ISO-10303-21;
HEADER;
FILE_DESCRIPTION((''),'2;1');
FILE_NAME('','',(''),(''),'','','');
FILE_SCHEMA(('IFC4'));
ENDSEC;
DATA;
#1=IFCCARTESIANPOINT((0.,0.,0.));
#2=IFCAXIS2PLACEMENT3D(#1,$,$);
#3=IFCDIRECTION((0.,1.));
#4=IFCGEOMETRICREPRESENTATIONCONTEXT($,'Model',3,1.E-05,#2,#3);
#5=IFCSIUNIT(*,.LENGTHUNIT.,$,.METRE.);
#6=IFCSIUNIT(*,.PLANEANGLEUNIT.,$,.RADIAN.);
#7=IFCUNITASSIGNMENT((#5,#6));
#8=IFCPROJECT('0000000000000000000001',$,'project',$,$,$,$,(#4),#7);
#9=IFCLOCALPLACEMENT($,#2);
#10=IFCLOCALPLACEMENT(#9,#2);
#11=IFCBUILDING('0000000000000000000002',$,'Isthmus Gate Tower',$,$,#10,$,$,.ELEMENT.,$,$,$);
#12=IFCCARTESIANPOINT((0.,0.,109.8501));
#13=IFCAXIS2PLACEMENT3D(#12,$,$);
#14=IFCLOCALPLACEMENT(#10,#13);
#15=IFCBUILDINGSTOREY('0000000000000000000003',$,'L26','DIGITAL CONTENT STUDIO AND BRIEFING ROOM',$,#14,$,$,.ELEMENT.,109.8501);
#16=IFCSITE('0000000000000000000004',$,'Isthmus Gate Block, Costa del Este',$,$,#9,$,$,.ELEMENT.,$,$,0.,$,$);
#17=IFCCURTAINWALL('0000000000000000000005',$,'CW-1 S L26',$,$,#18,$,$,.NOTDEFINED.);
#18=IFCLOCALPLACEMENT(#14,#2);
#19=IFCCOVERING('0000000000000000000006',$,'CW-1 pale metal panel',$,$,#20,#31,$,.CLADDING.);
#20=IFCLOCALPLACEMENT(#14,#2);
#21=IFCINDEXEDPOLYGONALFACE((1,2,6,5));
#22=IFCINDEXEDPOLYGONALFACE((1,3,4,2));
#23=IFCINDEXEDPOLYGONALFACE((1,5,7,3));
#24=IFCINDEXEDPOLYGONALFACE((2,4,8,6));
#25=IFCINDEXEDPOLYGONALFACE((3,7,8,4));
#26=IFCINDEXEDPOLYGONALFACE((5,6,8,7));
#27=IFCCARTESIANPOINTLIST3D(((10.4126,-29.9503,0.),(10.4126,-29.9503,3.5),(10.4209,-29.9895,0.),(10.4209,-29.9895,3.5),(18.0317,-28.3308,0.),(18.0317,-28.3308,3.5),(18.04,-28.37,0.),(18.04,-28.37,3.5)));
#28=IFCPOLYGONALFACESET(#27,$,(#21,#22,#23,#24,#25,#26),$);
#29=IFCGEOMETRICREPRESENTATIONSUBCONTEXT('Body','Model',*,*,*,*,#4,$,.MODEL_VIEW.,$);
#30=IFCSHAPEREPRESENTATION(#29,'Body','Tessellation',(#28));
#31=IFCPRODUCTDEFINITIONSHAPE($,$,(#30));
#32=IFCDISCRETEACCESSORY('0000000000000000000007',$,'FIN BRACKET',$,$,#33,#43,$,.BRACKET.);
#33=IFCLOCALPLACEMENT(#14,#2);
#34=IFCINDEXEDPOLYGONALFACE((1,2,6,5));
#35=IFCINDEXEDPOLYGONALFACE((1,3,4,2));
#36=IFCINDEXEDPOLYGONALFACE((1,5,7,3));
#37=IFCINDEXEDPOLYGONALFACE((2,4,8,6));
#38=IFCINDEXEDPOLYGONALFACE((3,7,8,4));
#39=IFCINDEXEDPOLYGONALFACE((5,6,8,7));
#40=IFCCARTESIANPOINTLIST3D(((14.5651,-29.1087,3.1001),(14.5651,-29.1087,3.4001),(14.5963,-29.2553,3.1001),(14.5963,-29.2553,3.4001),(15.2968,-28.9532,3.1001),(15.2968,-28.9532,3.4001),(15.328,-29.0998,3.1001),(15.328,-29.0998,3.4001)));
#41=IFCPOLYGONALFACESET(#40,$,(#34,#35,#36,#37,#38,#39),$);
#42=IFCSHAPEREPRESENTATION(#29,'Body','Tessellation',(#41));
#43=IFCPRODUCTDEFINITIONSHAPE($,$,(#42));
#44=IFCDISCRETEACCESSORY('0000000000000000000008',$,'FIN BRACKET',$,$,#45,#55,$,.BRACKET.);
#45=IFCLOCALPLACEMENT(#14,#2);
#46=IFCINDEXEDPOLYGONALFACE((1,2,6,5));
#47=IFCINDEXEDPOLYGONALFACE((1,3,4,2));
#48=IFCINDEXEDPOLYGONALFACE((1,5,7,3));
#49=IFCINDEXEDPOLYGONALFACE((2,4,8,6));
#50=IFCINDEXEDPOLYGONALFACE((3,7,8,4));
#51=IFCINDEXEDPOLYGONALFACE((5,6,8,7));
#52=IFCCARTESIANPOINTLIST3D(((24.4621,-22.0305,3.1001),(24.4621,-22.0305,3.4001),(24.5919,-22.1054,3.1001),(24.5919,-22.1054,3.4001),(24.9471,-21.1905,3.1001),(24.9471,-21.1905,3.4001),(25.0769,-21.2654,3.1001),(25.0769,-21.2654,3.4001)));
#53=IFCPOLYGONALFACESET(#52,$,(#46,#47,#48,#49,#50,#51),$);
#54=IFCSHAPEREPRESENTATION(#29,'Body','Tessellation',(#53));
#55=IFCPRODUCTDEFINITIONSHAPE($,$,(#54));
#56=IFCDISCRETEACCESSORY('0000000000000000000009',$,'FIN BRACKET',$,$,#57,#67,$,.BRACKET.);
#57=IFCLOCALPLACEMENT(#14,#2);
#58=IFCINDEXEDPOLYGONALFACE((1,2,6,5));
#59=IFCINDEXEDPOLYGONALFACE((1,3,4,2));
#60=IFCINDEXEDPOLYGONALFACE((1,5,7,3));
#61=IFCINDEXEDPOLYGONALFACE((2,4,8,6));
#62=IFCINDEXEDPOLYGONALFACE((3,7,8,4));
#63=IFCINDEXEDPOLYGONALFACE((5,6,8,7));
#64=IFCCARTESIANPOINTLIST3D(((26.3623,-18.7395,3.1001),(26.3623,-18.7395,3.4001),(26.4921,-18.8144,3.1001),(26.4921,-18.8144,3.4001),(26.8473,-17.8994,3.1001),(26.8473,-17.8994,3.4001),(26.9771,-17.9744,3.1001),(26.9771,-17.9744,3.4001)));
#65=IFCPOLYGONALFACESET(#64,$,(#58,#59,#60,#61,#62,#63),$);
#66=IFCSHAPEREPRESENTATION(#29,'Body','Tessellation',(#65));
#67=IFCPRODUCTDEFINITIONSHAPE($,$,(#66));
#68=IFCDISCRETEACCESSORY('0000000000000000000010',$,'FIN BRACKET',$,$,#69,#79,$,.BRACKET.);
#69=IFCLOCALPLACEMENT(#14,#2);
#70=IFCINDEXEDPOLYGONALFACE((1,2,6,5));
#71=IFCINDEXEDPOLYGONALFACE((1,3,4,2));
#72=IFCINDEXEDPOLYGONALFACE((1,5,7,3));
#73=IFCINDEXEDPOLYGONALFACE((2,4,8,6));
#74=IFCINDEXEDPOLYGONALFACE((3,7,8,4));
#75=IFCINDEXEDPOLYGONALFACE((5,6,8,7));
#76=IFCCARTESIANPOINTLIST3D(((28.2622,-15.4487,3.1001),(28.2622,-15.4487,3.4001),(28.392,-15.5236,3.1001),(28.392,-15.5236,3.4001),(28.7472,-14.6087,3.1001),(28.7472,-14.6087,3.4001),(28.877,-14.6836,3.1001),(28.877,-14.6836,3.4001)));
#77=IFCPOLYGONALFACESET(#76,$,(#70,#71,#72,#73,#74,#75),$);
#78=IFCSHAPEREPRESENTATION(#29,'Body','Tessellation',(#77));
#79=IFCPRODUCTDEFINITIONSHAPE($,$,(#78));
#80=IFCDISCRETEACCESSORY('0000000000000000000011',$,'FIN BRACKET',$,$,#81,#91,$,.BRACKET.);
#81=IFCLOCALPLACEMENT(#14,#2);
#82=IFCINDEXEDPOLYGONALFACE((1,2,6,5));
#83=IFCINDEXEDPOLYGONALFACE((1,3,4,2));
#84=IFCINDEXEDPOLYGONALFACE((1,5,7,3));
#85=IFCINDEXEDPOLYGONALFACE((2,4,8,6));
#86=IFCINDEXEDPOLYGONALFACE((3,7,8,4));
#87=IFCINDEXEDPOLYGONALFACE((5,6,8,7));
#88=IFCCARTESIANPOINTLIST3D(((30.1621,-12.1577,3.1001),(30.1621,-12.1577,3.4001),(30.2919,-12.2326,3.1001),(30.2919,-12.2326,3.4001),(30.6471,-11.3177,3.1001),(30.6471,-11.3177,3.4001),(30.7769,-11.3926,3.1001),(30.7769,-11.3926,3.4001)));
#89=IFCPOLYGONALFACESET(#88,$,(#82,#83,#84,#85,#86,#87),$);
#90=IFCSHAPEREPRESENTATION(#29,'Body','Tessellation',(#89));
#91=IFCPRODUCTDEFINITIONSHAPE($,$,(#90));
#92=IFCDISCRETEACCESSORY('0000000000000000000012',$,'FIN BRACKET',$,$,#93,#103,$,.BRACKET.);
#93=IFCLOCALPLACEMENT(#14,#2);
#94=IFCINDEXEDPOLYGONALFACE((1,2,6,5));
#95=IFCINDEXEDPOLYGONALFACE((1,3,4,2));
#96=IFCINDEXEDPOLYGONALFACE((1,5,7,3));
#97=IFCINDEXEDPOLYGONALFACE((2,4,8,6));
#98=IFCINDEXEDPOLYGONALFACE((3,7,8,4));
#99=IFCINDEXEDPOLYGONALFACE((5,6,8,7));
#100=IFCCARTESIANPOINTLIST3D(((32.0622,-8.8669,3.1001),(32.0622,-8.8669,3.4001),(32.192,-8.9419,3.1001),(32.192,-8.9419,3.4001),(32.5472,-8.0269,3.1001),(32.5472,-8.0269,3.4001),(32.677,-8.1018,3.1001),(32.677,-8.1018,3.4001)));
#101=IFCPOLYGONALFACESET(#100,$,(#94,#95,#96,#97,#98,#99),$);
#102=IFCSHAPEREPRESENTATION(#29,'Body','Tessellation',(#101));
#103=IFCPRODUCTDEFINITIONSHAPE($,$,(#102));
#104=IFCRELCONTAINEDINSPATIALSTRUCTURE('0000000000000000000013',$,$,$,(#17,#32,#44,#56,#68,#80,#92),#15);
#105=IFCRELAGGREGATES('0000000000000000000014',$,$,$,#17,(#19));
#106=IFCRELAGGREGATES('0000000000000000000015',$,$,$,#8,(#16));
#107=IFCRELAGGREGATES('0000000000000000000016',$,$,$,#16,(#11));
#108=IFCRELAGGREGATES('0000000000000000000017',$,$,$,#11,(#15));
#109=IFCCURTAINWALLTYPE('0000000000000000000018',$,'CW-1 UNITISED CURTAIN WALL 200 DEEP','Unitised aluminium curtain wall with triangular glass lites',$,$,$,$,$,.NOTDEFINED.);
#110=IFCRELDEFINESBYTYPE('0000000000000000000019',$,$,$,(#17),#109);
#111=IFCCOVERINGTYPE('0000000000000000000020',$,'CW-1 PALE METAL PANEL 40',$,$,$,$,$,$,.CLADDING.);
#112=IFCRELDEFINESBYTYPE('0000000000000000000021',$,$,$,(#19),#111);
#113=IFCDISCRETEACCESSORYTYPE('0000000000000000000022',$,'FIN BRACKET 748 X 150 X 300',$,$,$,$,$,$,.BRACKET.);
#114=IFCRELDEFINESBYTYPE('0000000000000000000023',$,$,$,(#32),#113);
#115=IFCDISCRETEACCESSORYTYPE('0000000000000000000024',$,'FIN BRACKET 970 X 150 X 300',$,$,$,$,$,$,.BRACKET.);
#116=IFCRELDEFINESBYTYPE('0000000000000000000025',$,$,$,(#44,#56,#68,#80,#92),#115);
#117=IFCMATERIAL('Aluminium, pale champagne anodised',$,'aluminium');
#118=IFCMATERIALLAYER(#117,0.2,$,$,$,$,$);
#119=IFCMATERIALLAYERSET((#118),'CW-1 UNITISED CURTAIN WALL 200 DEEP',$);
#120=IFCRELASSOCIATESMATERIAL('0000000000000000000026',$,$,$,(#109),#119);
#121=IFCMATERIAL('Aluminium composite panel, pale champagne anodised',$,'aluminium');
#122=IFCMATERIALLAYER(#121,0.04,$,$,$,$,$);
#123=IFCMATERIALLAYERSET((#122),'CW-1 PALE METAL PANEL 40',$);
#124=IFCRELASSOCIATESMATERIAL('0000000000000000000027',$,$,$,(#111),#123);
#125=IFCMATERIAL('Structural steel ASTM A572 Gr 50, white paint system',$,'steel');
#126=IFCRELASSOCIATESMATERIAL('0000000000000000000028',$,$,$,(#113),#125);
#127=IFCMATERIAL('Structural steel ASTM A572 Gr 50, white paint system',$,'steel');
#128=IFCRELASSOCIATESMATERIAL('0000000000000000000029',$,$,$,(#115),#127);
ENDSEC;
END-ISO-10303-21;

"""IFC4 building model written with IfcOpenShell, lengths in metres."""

from ifc_helpers import new_model, si_unit, direction, frame, origin, origin_2d, place, context, subcontext, project, spatial, rectangle, extrude, material, layer, layer_set, type_object, element, aggregate, save


model = new_model("IFC4")

# Units and contexts
model_context = context("Model", 3, precision=1e-05, world=origin(), true_north=direction((0.0, 1.0)))
body_context = subcontext(model_context, "Body", "Model", "MODEL_VIEW")
ifc_project = project(units=[si_unit("LENGTHUNIT", "METRE"), si_unit("PLANEANGLEUNIT", "RADIAN")], contexts=[model_context])

# Site, building, storey
site_placement = place(None, origin())
site = spatial("IfcSite", under=ifc_project, at=site_placement, Name="Isthmus Gate Block, Costa del Este", CompositionType="ELEMENT", RefElevation=0.0)
building_placement = place(site_placement, origin())
building = spatial("IfcBuilding", under=site, at=building_placement, Name="Isthmus Gate Tower", CompositionType="ELEMENT")
storey_placement = place(building_placement, frame((0.0, 0.0, 109.8501)))
storey = spatial("IfcBuildingStorey", under=building, at=storey_placement, Name="L26", Description="DIGITAL CONTENT STUDIO AND BRIEFING ROOM", CompositionType="ELEMENT", Elevation=109.8501)

# Shared definitions
ifc_material_1 = material(Name="Aluminium, pale champagne anodised", Category="aluminium")
ifc_layer_1 = layer(ifc_material_1, 0.2)
ifc_layer_set_1 = layer_set([ifc_layer_1], Name="CW-1 UNITISED CURTAIN WALL 200 DEEP")
curtain_wall_type = type_object("IfcCurtainWallType", Name="CW-1 UNITISED CURTAIN WALL 200 DEEP", Description="Unitised aluminium curtain wall with triangular glass lites", PredefinedType="NOTDEFINED", material=ifc_layer_set_1)

# Curtain wall, covering
curtain_wall_1_placement = place(storey_placement, origin())
curtain_wall_1 = element("IfcCurtainWall", 1, at=curtain_wall_1_placement, inside=storey, type_object=curtain_wall_type, Name="CW-1 S L26", PredefinedType="NOTDEFINED")
ifc_material_2 = material(Name="Aluminium composite panel, pale champagne anodised", Category="aluminium")
ifc_layer_2 = layer(ifc_material_2, 0.04)
ifc_layer_set_2 = layer_set([ifc_layer_2], Name="CW-1 PALE METAL PANEL 40")
covering_type = type_object("IfcCoveringType", Name="CW-1 PALE METAL PANEL 40", PredefinedType="CLADDING", material=ifc_layer_set_2)
covering_placement = place(storey_placement, frame((14.2263, -29.1602, 0.0), z_axis=(0.0, 0.0, 1.0), x_axis=(0.978148, 0.207912, 0.0)))
covering = element("IfcCovering", 2, at=covering_placement, type_object=covering_type, Name="CW-1 pale metal panel", PredefinedType="CLADDING", context=body_context, shape_type="SweptSolid", body=[
    extrude(rectangle(XDim=7.7893, YDim=0.04, at=origin_2d()), origin(), (0.0, 0.0, 1.0), 3.5),
])
aggregate(curtain_wall_1, [covering])

# Discrete accessories
ifc_material_3 = material(Name="Structural steel ASTM A572 Gr 50, white paint system", Category="steel")
discrete_accessory_type_1 = type_object("IfcDiscreteAccessoryType", Name="FIN BRACKET 748 X 150 X 300", PredefinedType="BRACKET", material=ifc_material_3)
discrete_accessory_placement = place(storey_placement, frame((14.9465, -29.1042, 3.1001), z_axis=(0.0, 0.0, 1.0), x_axis=(0.207912, -0.978148, 0.0)))
element("IfcDiscreteAccessory", 3, at=discrete_accessory_placement, inside=storey, type_object=discrete_accessory_type_1, Name="FIN BRACKET", PredefinedType="BRACKET", context=body_context, shape_type="SweptSolid", body=[
    extrude(rectangle(XDim=0.1499, YDim=0.748, at=origin_2d()), origin(), (0.0, 0.0, 1.0), 0.3),
])
ifc_material_4 = material(Name="Structural steel ASTM A572 Gr 50, white paint system", Category="steel")
discrete_accessory_type_2 = type_object("IfcDiscreteAccessoryType", Name="FIN BRACKET 970 X 150 X 300", PredefinedType="BRACKET", material=ifc_material_4)
for number, where, z_axis, x_axis, name in (
    (4, (24.7695, -21.6479, 3.1001), (0.0, 0.0, 1.0), (0.866025, -0.5, 0.0), "FIN BRACKET"),
    (5, (26.6697, -18.3569, 3.1001), (0.0, 0.0, 1.0), (0.866025, -0.5, 0.0), "FIN BRACKET"),
    (6, (28.5696, -15.0662, 3.1001), (0.0, 0.0, 1.0), (0.866025, -0.5, 0.0), "FIN BRACKET"),
    (7, (30.4695, -11.7751, 3.1001), (0.0, 0.0, 1.0), (0.866025, -0.5, 0.0), "FIN BRACKET"),
    (8, (32.3696, -8.4844, 3.1001), (0.0, 0.0, 1.0), (0.866025, -0.5, 0.0), "FIN BRACKET"),
):
    element("IfcDiscreteAccessory", number, at=place(storey_placement, frame(where, z_axis=z_axis, x_axis=x_axis)), inside=storey, type_object=discrete_accessory_type_2, Name=name, PredefinedType="BRACKET", context=body_context, shape_type="SweptSolid", body=[
        extrude(rectangle(XDim=0.1499, YDim=0.97, at=origin_2d()), origin(), (0.0, 0.0, 1.0), 0.3),
    ])

save(model, "model.ifc")
